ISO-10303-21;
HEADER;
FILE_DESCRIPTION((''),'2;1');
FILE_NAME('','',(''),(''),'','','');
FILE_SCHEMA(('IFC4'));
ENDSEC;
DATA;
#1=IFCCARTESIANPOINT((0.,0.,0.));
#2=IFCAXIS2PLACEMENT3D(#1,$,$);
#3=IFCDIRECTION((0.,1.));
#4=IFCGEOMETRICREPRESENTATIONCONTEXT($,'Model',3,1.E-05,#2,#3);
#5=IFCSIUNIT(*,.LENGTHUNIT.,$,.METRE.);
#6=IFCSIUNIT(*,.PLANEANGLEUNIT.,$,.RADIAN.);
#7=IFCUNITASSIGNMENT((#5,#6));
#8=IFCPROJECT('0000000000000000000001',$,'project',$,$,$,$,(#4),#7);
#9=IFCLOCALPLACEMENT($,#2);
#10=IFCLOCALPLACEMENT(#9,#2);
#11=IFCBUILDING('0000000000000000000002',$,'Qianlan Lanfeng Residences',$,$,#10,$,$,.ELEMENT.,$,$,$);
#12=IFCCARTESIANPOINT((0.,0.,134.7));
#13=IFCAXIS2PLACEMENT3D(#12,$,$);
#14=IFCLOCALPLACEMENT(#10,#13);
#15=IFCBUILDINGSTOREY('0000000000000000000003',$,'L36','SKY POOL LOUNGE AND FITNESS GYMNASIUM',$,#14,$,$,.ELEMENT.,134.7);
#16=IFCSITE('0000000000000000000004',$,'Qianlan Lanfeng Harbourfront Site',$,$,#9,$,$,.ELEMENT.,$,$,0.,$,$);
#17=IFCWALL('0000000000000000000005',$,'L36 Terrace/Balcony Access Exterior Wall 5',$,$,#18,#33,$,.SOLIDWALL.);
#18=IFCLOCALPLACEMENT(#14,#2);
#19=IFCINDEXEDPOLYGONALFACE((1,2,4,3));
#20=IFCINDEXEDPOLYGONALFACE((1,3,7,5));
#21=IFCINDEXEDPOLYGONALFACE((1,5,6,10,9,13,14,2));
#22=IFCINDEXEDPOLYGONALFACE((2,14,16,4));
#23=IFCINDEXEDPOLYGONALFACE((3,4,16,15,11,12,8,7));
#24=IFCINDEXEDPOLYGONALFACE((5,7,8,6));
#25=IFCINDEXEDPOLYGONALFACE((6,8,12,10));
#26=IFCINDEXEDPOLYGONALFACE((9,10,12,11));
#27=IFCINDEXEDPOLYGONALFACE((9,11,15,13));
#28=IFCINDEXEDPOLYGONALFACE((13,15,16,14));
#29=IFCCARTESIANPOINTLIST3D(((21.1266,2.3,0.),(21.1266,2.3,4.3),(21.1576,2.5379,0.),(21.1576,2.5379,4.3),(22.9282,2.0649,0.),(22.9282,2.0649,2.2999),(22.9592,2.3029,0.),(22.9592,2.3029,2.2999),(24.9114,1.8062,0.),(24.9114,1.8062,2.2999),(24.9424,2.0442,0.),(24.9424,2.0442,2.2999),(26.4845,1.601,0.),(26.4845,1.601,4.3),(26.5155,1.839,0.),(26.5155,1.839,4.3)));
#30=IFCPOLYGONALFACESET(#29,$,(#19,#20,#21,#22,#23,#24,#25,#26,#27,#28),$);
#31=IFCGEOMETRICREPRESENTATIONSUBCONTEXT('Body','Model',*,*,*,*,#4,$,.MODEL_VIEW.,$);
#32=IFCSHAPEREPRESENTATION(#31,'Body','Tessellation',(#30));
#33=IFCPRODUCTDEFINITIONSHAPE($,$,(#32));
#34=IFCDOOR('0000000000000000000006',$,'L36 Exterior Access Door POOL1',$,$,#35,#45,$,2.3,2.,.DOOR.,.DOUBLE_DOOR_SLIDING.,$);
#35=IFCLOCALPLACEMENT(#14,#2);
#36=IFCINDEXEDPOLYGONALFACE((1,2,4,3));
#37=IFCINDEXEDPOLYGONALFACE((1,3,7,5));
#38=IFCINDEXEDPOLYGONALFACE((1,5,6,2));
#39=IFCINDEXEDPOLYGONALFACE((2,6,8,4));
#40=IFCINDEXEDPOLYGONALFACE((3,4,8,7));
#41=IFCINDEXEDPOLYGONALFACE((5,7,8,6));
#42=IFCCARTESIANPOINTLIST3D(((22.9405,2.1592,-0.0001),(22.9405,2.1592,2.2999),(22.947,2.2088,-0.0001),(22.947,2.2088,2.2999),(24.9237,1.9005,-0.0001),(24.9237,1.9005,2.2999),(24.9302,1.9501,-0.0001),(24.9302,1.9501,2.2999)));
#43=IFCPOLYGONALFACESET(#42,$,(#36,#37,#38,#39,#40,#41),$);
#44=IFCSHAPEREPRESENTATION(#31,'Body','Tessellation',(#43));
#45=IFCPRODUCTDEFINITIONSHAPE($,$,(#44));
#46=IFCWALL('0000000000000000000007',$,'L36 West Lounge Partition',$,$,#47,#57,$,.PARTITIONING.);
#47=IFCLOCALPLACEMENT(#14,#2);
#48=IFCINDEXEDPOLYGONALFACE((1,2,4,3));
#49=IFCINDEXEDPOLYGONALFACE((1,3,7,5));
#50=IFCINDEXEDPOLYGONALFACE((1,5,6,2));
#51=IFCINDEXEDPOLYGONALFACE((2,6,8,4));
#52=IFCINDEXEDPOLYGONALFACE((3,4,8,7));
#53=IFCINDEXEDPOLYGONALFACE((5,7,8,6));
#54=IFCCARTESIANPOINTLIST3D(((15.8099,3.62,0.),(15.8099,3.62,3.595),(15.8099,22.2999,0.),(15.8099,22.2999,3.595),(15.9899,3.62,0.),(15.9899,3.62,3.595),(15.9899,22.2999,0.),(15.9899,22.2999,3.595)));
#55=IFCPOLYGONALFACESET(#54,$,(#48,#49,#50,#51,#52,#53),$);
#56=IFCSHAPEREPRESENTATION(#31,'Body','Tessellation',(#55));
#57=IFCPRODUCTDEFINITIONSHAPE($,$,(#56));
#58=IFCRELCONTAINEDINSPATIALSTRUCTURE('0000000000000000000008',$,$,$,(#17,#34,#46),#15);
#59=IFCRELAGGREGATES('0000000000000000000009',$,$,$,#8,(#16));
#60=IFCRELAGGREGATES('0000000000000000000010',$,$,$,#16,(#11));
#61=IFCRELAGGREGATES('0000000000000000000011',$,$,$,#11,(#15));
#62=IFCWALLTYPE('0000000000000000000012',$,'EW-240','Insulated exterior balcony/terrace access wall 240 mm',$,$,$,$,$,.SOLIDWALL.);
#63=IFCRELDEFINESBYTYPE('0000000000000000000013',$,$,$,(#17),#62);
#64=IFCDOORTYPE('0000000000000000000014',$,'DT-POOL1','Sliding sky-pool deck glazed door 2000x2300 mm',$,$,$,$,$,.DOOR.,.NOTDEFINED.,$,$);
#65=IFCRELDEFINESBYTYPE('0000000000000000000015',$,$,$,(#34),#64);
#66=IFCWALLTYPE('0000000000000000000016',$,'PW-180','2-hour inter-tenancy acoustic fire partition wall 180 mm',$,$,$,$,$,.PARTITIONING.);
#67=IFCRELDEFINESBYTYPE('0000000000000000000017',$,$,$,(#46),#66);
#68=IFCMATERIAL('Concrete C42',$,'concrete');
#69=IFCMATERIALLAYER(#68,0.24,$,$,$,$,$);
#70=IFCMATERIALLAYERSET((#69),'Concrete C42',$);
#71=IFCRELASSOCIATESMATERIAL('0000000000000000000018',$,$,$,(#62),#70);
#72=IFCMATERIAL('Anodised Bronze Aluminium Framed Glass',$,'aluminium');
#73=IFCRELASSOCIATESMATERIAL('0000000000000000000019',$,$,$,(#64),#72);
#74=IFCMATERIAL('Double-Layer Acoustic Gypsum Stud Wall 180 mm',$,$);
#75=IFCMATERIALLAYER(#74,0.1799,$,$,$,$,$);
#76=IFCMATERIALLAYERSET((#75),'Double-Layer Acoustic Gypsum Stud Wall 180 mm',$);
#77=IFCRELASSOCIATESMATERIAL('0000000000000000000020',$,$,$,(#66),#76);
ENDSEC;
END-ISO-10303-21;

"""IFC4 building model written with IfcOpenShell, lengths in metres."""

from ifc_helpers import new_model, si_unit, direction, frame, frame_2d, origin, place, context, subcontext, project, spatial, rectangle, extrude, material, layer, layer_set, type_object, element, fill, save


model = new_model("IFC4")

# Units and contexts
model_context = context("Model", 3, precision=1e-05, world=origin(), true_north=direction((0.0, 1.0)))
body_context = subcontext(model_context, "Body", "Model", "MODEL_VIEW")
ifc_project = project(units=[si_unit("LENGTHUNIT", "METRE"), si_unit("PLANEANGLEUNIT", "RADIAN")], contexts=[model_context])

# Site, building, storey
site_placement = place(None, origin())
site = spatial("IfcSite", under=ifc_project, at=site_placement, Name="Qianlan Lanfeng Harbourfront Site", CompositionType="ELEMENT", RefElevation=0.0)
building_placement = place(site_placement, origin())
building = spatial("IfcBuilding", under=site, at=building_placement, Name="Qianlan Lanfeng Residences", CompositionType="ELEMENT")
storey_placement = place(building_placement, frame((0.0, 0.0, 134.7)))
storey = spatial("IfcBuildingStorey", under=building, at=storey_placement, Name="L36", Description="SKY POOL LOUNGE AND FITNESS GYMNASIUM", CompositionType="ELEMENT", Elevation=134.7)

# Wall, opening, door
ifc_material_1 = material(Name="Concrete C42", Category="concrete")
ifc_layer_1 = layer(ifc_material_1, 0.24)
ifc_layer_set_1 = layer_set([ifc_layer_1], Name="Concrete C42")
wall_type_1 = type_object("IfcWallType", Name="EW-240", Description="Insulated exterior balcony/terrace access wall 240 mm", PredefinedType="SOLIDWALL", material=ifc_layer_set_1)
wall_1_placement = place(storey_placement, frame((21.1421, 2.4189, 0.0), z_axis=(0.0, 0.0, 1.0), x_axis=(0.991598, -0.12936, 0.0)))
wall_1 = element("IfcWall", 1, at=wall_1_placement, inside=storey, type_object=wall_type_1, Name="L36 Terrace/Balcony Access Exterior Wall 5", PredefinedType="SOLIDWALL", context=body_context, shape_type="SweptSolid", body=[
    extrude(rectangle(XDim=5.4033, YDim=0.24, at=frame_2d((2.7017, 0.0))), origin(), (0.0, 0.0, 1.0), 4.3),
])
opening_placement = place(wall_1_placement, frame((1.8169, 0.0, 0.0)))
opening = element("IfcOpeningElement", 2, at=opening_placement, cuts=wall_1, PredefinedType="OPENING", context=body_context, shape_type="SweptSolid", body=[
    extrude(rectangle(XDim=2.0, YDim=2.3, at=frame_2d((1.0, 1.1499))), frame((0.0, 0.1299, 0.0), z_axis=(0.0, -1.0, 0.0), x_axis=(1.0, 0.0, 0.0)), (0.0, 0.0, 1.0), 0.26),
])
ifc_material_2 = material(Name="Anodised Bronze Aluminium Framed Glass", Category="aluminium")
door_type = type_object("IfcDoorType", Name="DT-POOL1", Description="Sliding sky-pool deck glazed door 2000x2300 mm", OperationType="NOTDEFINED", PredefinedType="DOOR", material=ifc_material_2)
door_placement = place(opening_placement, frame((2.0, 0.0, 0.0), z_axis=(0.0, 0.0, 1.0), x_axis=(-1.0, 0.0, 0.0)))
door = element("IfcDoor", 3, at=door_placement, inside=storey, type_object=door_type, Name="L36 Exterior Access Door POOL1", OperationType="DOUBLE_DOOR_SLIDING", OverallHeight=2.3, OverallWidth=2.0, PredefinedType="DOOR", context=body_context, shape_type="SweptSolid", body=[
    extrude(rectangle(XDim=2.0, YDim=2.3, at=frame_2d((1.0, 1.1499))), frame((0.0, 0.0249, 0.0), z_axis=(0.0, -1.0, 0.0), x_axis=(1.0, 0.0, 0.0)), (0.0, 0.0, 1.0), 0.05),
])
fill(opening, door)

# Wall
ifc_material_3 = material(Name="Double-Layer Acoustic Gypsum Stud Wall 180 mm")
ifc_layer_2 = layer(ifc_material_3, 0.1799)
ifc_layer_set_2 = layer_set([ifc_layer_2], Name="Double-Layer Acoustic Gypsum Stud Wall 180 mm")
wall_type_2 = type_object("IfcWallType", Name="PW-180", Description="2-hour inter-tenancy acoustic fire partition wall 180 mm", PredefinedType="PARTITIONING", material=ifc_layer_set_2)
wall_2_placement = place(storey_placement, frame((15.8999, 3.6201, 0.0), z_axis=(0.0, 0.0, 1.0), x_axis=(0.0, 1.0, 0.0)))
element("IfcWall", 4, at=wall_2_placement, inside=storey, type_object=wall_type_2, Name="L36 West Lounge Partition", PredefinedType="PARTITIONING", context=body_context, shape_type="SweptSolid", body=[
    extrude(rectangle(XDim=18.6799, YDim=0.1799, at=frame_2d((9.3398, 0.0))), origin(), (0.0, 0.0, 1.0), 3.595),
])

save(model, "model.ifc")
